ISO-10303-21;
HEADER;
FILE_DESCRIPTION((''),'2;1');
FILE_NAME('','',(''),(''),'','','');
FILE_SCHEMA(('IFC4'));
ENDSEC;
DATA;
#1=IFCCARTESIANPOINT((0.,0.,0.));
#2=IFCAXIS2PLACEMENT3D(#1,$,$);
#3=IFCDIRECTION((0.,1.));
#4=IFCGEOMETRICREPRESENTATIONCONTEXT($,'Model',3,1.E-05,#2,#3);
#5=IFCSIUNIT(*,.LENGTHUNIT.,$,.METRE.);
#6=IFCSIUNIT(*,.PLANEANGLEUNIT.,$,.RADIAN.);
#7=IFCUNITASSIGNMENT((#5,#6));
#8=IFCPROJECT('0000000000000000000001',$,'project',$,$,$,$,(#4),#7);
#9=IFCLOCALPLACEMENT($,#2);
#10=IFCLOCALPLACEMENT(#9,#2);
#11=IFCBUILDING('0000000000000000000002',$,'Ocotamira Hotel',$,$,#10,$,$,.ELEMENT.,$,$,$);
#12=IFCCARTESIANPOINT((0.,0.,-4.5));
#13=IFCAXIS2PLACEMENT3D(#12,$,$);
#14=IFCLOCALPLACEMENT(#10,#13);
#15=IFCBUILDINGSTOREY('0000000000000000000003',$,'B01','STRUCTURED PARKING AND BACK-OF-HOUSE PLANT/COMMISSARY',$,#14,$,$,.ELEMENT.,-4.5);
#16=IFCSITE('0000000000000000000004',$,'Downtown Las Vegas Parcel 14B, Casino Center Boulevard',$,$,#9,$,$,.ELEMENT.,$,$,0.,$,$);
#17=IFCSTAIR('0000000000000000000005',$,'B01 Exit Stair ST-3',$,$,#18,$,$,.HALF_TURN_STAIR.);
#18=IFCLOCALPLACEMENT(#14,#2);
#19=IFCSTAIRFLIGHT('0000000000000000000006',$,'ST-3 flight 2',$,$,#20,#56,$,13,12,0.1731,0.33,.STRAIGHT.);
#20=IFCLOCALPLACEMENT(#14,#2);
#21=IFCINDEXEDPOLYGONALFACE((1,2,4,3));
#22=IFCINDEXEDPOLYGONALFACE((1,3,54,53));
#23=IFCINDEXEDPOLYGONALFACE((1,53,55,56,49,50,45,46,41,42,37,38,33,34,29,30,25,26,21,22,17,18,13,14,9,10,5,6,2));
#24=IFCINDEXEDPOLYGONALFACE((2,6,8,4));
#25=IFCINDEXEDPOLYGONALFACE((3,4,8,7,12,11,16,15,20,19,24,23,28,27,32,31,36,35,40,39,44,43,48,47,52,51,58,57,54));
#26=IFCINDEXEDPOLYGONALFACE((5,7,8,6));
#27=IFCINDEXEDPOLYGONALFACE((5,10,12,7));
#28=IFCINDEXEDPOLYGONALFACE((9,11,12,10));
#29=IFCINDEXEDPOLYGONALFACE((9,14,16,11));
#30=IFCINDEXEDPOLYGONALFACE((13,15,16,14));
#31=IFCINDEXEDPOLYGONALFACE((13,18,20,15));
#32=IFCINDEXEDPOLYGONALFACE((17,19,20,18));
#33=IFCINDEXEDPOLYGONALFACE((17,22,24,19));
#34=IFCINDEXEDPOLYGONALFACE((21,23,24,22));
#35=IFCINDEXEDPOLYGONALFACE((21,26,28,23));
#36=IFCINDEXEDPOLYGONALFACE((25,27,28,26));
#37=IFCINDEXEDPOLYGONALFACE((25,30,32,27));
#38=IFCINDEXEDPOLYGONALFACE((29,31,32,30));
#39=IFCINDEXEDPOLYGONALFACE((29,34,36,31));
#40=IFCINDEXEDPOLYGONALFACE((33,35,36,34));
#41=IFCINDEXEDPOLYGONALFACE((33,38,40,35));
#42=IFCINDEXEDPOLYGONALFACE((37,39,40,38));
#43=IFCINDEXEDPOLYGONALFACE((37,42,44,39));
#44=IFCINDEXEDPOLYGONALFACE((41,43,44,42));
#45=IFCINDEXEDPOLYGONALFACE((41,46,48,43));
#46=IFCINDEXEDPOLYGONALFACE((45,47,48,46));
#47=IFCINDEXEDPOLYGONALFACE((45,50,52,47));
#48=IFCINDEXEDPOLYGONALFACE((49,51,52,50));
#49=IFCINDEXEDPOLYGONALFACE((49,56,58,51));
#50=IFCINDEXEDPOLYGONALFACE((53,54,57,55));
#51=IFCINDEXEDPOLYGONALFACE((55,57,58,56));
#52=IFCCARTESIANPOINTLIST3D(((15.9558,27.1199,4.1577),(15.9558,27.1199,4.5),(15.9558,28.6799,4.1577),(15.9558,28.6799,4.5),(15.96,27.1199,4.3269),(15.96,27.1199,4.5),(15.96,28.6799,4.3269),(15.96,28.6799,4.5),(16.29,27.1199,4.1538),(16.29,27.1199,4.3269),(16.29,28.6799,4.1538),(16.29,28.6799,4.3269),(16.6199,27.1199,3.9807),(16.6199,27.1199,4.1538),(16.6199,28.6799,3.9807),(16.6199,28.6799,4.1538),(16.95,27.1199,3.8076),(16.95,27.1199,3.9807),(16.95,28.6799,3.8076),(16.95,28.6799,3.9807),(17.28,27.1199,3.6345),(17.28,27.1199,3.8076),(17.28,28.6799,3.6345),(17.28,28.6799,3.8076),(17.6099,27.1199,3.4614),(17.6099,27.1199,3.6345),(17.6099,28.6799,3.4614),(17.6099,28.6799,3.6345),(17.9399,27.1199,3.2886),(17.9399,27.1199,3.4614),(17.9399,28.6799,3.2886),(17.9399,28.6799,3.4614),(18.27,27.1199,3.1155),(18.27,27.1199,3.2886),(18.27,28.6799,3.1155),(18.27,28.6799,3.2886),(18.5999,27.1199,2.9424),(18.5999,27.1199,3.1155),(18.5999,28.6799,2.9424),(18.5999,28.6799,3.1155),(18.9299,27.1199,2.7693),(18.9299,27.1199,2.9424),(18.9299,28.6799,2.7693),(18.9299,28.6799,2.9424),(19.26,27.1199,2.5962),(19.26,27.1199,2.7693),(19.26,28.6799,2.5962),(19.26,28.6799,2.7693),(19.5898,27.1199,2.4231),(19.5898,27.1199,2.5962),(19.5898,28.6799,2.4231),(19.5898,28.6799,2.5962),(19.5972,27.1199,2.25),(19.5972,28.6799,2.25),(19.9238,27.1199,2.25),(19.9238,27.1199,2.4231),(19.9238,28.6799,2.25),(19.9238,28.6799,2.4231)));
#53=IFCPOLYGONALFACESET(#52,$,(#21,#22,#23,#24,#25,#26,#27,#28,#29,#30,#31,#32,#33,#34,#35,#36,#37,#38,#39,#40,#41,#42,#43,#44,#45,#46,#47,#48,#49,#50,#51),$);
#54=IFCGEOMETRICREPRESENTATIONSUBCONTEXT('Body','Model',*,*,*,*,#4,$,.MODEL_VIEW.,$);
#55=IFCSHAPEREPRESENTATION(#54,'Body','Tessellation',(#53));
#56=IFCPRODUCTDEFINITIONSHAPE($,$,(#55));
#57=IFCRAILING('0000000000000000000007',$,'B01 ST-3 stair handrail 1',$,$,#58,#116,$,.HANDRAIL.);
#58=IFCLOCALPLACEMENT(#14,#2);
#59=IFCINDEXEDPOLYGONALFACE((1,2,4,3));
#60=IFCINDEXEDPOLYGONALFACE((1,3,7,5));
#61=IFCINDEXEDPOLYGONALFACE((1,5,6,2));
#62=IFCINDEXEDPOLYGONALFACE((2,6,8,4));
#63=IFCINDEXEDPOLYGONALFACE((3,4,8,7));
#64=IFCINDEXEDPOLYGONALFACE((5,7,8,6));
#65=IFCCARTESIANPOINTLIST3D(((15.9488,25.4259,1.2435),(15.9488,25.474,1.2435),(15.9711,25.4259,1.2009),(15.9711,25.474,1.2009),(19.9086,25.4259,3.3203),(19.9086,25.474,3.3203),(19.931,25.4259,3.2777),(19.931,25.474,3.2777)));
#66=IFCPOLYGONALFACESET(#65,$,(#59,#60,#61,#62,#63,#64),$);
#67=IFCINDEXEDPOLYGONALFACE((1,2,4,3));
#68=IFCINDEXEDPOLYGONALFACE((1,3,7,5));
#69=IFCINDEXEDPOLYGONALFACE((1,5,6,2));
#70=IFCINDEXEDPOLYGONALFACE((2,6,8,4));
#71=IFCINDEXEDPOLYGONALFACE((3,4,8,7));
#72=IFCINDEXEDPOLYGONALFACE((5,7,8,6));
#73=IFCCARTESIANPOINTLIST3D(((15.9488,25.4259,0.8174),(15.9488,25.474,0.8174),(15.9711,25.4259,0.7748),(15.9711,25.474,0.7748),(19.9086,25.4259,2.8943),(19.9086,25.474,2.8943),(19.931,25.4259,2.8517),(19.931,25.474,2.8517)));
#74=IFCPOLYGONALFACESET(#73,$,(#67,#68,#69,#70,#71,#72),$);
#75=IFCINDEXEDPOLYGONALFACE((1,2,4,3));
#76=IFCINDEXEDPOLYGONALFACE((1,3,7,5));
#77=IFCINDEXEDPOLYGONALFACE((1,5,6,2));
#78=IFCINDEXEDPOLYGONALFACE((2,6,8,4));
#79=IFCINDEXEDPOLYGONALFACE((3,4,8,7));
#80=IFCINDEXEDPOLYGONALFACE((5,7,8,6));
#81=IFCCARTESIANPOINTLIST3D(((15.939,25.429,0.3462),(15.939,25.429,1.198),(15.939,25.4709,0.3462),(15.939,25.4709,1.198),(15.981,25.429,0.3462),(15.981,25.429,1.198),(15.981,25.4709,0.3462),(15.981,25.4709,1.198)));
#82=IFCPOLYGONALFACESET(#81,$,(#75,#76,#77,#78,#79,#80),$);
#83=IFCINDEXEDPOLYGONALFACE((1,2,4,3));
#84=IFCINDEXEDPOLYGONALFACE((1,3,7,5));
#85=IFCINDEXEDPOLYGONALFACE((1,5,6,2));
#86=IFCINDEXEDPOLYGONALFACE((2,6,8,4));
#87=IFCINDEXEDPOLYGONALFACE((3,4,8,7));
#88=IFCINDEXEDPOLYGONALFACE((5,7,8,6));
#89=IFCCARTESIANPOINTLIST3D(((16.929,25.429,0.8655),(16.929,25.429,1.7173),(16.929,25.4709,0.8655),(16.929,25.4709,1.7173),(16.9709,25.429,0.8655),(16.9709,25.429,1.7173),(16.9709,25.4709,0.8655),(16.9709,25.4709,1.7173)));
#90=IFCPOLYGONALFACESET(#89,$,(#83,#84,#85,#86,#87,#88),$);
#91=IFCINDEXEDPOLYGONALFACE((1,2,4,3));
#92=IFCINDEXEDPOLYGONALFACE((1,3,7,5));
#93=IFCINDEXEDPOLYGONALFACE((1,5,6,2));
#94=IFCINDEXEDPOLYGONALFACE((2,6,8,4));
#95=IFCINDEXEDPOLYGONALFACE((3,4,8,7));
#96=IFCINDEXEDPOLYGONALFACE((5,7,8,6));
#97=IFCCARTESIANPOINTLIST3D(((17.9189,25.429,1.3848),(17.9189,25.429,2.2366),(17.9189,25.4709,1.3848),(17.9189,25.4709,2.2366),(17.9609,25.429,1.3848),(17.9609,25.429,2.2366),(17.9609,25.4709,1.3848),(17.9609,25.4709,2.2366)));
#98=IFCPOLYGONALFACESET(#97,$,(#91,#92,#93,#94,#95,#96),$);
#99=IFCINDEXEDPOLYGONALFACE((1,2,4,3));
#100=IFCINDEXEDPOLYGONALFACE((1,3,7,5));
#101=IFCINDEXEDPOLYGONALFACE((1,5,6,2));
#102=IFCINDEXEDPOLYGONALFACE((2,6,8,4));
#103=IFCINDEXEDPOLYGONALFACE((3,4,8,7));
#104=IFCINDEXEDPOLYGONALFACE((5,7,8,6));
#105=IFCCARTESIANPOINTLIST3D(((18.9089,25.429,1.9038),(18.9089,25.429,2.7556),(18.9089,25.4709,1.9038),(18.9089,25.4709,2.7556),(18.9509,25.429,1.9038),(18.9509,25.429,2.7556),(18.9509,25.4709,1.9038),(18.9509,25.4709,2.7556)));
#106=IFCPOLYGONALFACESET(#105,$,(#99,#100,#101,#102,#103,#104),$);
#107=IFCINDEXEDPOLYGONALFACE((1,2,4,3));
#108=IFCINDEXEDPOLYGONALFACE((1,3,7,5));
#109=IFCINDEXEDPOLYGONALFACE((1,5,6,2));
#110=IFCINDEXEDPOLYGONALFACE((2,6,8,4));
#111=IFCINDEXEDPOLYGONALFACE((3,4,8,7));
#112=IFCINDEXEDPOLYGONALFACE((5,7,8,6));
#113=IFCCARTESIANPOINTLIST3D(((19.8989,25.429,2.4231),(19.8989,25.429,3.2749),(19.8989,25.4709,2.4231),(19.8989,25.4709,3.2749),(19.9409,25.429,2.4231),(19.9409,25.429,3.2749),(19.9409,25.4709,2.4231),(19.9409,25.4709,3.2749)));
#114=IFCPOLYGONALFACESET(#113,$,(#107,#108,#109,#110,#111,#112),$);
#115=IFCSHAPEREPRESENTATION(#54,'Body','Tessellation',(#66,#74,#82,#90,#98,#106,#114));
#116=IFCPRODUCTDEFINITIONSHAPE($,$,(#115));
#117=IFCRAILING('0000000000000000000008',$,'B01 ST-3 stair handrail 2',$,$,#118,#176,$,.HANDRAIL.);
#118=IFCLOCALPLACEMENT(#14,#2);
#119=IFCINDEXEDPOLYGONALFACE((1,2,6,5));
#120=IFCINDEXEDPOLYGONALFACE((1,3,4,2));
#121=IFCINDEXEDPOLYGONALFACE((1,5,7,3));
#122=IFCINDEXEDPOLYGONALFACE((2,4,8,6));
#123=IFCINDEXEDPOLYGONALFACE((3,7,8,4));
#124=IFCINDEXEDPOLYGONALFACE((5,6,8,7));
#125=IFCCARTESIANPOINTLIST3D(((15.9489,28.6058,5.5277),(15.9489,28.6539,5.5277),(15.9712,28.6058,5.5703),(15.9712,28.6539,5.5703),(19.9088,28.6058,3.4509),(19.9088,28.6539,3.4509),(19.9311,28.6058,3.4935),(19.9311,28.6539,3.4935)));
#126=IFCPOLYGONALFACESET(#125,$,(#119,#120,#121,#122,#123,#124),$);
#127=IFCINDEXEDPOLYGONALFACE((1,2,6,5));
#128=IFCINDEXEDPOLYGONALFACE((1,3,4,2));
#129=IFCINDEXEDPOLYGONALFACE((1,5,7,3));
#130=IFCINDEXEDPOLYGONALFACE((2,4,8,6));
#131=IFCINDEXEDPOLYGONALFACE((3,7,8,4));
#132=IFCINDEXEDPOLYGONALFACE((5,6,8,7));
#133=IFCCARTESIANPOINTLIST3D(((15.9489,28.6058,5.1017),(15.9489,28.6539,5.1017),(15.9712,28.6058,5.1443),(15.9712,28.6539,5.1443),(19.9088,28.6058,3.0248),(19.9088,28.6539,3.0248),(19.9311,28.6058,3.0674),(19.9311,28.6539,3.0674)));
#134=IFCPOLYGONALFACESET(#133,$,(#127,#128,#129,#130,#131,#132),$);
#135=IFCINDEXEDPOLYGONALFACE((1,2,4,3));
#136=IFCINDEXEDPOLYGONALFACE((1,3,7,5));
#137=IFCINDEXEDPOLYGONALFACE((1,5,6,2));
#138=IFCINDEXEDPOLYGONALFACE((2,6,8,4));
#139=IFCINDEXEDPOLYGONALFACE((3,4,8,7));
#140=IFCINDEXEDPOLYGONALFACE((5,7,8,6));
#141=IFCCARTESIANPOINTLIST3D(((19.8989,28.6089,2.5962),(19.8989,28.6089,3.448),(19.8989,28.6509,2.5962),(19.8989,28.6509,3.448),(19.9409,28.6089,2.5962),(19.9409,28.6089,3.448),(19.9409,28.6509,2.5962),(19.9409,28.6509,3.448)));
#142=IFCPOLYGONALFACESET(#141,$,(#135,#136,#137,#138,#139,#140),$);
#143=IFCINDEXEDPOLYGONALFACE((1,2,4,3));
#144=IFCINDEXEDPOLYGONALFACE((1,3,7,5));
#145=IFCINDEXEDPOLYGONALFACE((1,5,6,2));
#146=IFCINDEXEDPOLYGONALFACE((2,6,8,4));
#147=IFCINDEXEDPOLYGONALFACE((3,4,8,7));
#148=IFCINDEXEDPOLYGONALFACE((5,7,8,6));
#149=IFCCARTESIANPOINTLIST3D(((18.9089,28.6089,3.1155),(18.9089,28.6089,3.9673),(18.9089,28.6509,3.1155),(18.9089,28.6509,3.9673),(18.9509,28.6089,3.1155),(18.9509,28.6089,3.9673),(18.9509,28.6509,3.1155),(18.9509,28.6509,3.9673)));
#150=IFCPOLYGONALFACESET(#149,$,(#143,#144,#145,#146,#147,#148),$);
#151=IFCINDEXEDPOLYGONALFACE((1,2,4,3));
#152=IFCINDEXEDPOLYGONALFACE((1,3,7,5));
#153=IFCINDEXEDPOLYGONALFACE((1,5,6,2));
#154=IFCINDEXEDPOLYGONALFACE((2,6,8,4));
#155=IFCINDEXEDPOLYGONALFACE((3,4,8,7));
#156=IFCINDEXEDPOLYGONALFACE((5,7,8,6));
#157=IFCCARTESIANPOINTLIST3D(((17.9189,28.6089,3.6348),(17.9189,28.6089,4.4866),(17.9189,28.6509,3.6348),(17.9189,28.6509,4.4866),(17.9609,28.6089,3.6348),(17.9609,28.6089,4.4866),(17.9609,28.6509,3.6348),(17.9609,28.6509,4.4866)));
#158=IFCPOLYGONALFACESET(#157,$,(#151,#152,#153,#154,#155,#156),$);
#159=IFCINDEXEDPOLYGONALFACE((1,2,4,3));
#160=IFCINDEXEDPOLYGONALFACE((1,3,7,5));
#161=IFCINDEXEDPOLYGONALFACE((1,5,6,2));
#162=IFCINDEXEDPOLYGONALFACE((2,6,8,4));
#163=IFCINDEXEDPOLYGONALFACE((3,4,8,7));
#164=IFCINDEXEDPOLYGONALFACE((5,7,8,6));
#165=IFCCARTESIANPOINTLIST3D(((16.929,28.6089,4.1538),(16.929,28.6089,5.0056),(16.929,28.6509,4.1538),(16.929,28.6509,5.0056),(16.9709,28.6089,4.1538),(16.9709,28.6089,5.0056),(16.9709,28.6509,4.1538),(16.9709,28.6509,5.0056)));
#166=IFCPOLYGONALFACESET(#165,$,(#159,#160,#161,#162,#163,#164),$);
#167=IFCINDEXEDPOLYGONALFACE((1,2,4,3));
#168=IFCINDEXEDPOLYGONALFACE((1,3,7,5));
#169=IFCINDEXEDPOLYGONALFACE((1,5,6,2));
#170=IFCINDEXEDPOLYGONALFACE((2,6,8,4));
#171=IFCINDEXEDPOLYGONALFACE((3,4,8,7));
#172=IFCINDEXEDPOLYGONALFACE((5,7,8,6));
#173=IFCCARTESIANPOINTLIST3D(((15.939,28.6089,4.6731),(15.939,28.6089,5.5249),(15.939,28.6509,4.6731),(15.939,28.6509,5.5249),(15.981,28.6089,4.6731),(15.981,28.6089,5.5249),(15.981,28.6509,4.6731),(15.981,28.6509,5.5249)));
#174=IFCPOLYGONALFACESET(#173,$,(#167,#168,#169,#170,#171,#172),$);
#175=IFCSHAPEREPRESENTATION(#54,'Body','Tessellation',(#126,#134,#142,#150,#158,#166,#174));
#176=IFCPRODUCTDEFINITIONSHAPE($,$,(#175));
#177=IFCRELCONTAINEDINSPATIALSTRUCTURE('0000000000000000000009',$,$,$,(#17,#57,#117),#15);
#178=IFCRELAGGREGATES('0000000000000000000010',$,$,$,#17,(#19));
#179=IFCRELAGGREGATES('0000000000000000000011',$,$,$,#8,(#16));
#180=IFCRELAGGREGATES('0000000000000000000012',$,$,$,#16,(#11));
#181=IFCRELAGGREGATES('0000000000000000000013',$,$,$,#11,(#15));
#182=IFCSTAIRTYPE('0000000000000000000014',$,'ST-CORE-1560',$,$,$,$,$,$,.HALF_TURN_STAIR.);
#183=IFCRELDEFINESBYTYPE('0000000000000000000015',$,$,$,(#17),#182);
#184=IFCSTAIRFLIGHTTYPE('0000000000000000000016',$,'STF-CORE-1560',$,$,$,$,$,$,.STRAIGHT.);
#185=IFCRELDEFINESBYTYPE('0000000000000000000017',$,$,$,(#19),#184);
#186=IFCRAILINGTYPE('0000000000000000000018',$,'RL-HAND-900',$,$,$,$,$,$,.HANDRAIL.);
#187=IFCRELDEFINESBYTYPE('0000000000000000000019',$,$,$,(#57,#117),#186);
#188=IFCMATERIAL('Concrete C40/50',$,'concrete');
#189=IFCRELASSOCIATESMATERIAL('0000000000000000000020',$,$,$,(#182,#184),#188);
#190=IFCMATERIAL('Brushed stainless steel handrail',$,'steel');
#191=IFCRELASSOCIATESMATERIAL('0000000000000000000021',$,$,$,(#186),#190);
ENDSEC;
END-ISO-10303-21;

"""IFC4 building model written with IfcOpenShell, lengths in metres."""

from ifc_helpers import new_model, si_unit, direction, frame, origin, origin_2d, place, context, subcontext, project, spatial, polyline, rectangle, outline, extrude, source, transform, mapped, material, type_object, element, aggregate, save


model = new_model("IFC4")

# Units and contexts
model_context = context("Model", 3, precision=1e-05, world=origin(), true_north=direction((0.0, 1.0)))
body_context = subcontext(model_context, "Body", "Model", "MODEL_VIEW")
ifc_project = project(units=[si_unit("LENGTHUNIT", "METRE"), si_unit("PLANEANGLEUNIT", "RADIAN")], contexts=[model_context])

# Site, building, storey
site_placement = place(None, origin())
site = spatial("IfcSite", under=ifc_project, at=site_placement, Name="Downtown Las Vegas Parcel 14B, Casino Center Boulevard", CompositionType="ELEMENT", RefElevation=0.0)
building_placement = place(site_placement, origin())
building = spatial("IfcBuilding", under=site, at=building_placement, Name="Ocotamira Hotel", CompositionType="ELEMENT")
storey_placement = place(building_placement, frame((0.0, 0.0, -4.5)))
storey = spatial("IfcBuildingStorey", under=building, at=storey_placement, Name="B01", Description="STRUCTURED PARKING AND BACK-OF-HOUSE PLANT/COMMISSARY", CompositionType="ELEMENT", Elevation=-4.5)

# Stair, stair flight
ifc_material_1 = material(Name="Concrete C40/50", Category="concrete")
stair_type = type_object("IfcStairType", Name="ST-CORE-1560", PredefinedType="HALF_TURN_STAIR", material=ifc_material_1)
stair_placement = place(storey_placement, origin())
stair = element("IfcStair", 1, at=stair_placement, inside=storey, type_object=stair_type, Name="B01 Exit Stair ST-3", PredefinedType="HALF_TURN_STAIR")
stair_flight_type = type_object("IfcStairFlightType", Name="STF-CORE-1560", PredefinedType="STRAIGHT", material=ifc_material_1)
shared_shape_1 = source(origin(), body_context, "Body", "SweptSolid", [
    extrude(outline(polyline([(-0.0039, 0.0), (-0.0039, 0.1731), (0.3301, 0.1731), (0.3301, 0.3462), (0.6599, 0.3462), (0.6599, 0.5193), (0.99, 0.5193), (0.99, 0.6924), (1.3201, 0.6924), (1.3201, 0.8655), (1.6499, 0.8655), (1.6499, 1.0386), (1.98, 1.0386), (1.98, 1.2114), (2.3101, 1.2114), (2.3101, 1.3845), (2.6399, 1.3845), (2.6399, 1.5576), (2.97, 1.5576), (2.97, 1.7307), (3.3, 1.7307), (3.3, 1.9038), (3.6299, 1.9038), (3.6299, 2.0769), (3.96, 2.0769), (3.96, 2.25), (3.9641, 2.25), (3.9641, 1.9077), (0.3228, 0.0), (-0.0039, 0.0)])), frame((0.0, 0.78, 0.0), z_axis=(0.0, -1.0, 0.0), x_axis=(1.0, 0.0, 0.0)), (0.0, 0.0, 1.0), 1.5601),
])
stair_flight_1_placement = place(storey_placement, frame((19.9199, 27.8999, 2.25), z_axis=(0.0, 0.0, 1.0), x_axis=(-1.0, 0.0, 0.0)))
stair_flight_1 = element("IfcStairFlight", 2, at=stair_flight_1_placement, type_object=stair_flight_type, Name="ST-3 flight 2", NumberOfRisers=13, NumberOfTreads=12, PredefinedType="STRAIGHT", RiserHeight=0.1731, TreadLength=0.33, context=body_context, shape_type="MappedRepresentation", body=[
    mapped(shared_shape_1, transform((0.0, 0.0, 0.0), scale=1.0)),
])
aggregate(stair, [stair_flight_1])

# Railings
ifc_material_2 = material(Name="Brushed stainless steel handrail", Category="steel")
railing_type_1 = type_object("IfcRailingType", Name="RL-HAND-900", PredefinedType="HANDRAIL", material=ifc_material_2)
railing_1_placement = place(storey_placement, frame((15.96, 25.45, 0.3462)))
element("IfcRailing", 3, at=railing_1_placement, inside=storey, type_object=railing_type_1, Name="B01 ST-3 stair handrail 1", PredefinedType="HANDRAIL", context=body_context, shape_type="SweptSolid", body=[
    extrude(rectangle(XDim=0.0481, YDim=0.0481, at=origin_2d()), frame((0.0, 0.0, 0.876), z_axis=(0.885589, 0.0, 0.46447), x_axis=(0.0, 1.0, 0.0)), (0.0, 0.0, 1.0), 4.4714),
    extrude(rectangle(XDim=0.0481, YDim=0.0481, at=origin_2d()), frame((0.0, 0.0, 0.45), z_axis=(0.885589, 0.0, 0.46447), x_axis=(0.0, 1.0, 0.0)), (0.0, 0.0, 1.0), 4.4714),
    extrude(rectangle(XDim=0.042, YDim=0.042, at=origin_2d()), origin(), (0.0, 0.0, 1.0), 0.8518),
    extrude(rectangle(XDim=0.042, YDim=0.042, at=origin_2d()), frame((0.99, 0.0, 0.5193)), (0.0, 0.0, 1.0), 0.8518),
    extrude(rectangle(XDim=0.042, YDim=0.042, at=origin_2d()), frame((1.98, 0.0, 1.0386)), (0.0, 0.0, 1.0), 0.8518),
    extrude(rectangle(XDim=0.042, YDim=0.042, at=origin_2d()), frame((2.97, 0.0, 1.5576)), (0.0, 0.0, 1.0), 0.8518),
    extrude(rectangle(XDim=0.042, YDim=0.042, at=origin_2d()), frame((3.96, 0.0, 2.0769)), (0.0, 0.0, 1.0), 0.8518),
])
railing_2_placement = place(storey_placement, frame((19.9199, 28.6299, 2.5962)))
element("IfcRailing", 4, at=railing_2_placement, inside=storey, type_object=railing_type_1, Name="B01 ST-3 stair handrail 2", PredefinedType="HANDRAIL", context=body_context, shape_type="SweptSolid", body=[
    extrude(rectangle(XDim=0.0481, YDim=0.0481, at=origin_2d()), frame((0.0, 0.0, 0.876), z_axis=(-0.885589, 0.0, 0.46447), x_axis=(0.0, -1.0, 0.0)), (0.0, 0.0, 1.0), 4.4714),
    extrude(rectangle(XDim=0.0481, YDim=0.0481, at=origin_2d()), frame((0.0, 0.0, 0.45), z_axis=(-0.885589, 0.0, 0.46447), x_axis=(0.0, -1.0, 0.0)), (0.0, 0.0, 1.0), 4.4714),
    extrude(rectangle(XDim=0.042, YDim=0.042, at=origin_2d()), origin(), (0.0, 0.0, 1.0), 0.8518),
    extrude(rectangle(XDim=0.042, YDim=0.042, at=origin_2d()), frame((-0.99, 0.0, 0.5193)), (0.0, 0.0, 1.0), 0.8518),
    extrude(rectangle(XDim=0.042, YDim=0.042, at=origin_2d()), frame((-1.98, 0.0, 1.0386)), (0.0, 0.0, 1.0), 0.8518),
    extrude(rectangle(XDim=0.042, YDim=0.042, at=origin_2d()), frame((-2.97, 0.0, 1.5576)), (0.0, 0.0, 1.0), 0.8518),
    extrude(rectangle(XDim=0.042, YDim=0.042, at=origin_2d()), frame((-3.96, 0.0, 2.0769)), (0.0, 0.0, 1.0), 0.8518),
])

save(model, "model.ifc")
